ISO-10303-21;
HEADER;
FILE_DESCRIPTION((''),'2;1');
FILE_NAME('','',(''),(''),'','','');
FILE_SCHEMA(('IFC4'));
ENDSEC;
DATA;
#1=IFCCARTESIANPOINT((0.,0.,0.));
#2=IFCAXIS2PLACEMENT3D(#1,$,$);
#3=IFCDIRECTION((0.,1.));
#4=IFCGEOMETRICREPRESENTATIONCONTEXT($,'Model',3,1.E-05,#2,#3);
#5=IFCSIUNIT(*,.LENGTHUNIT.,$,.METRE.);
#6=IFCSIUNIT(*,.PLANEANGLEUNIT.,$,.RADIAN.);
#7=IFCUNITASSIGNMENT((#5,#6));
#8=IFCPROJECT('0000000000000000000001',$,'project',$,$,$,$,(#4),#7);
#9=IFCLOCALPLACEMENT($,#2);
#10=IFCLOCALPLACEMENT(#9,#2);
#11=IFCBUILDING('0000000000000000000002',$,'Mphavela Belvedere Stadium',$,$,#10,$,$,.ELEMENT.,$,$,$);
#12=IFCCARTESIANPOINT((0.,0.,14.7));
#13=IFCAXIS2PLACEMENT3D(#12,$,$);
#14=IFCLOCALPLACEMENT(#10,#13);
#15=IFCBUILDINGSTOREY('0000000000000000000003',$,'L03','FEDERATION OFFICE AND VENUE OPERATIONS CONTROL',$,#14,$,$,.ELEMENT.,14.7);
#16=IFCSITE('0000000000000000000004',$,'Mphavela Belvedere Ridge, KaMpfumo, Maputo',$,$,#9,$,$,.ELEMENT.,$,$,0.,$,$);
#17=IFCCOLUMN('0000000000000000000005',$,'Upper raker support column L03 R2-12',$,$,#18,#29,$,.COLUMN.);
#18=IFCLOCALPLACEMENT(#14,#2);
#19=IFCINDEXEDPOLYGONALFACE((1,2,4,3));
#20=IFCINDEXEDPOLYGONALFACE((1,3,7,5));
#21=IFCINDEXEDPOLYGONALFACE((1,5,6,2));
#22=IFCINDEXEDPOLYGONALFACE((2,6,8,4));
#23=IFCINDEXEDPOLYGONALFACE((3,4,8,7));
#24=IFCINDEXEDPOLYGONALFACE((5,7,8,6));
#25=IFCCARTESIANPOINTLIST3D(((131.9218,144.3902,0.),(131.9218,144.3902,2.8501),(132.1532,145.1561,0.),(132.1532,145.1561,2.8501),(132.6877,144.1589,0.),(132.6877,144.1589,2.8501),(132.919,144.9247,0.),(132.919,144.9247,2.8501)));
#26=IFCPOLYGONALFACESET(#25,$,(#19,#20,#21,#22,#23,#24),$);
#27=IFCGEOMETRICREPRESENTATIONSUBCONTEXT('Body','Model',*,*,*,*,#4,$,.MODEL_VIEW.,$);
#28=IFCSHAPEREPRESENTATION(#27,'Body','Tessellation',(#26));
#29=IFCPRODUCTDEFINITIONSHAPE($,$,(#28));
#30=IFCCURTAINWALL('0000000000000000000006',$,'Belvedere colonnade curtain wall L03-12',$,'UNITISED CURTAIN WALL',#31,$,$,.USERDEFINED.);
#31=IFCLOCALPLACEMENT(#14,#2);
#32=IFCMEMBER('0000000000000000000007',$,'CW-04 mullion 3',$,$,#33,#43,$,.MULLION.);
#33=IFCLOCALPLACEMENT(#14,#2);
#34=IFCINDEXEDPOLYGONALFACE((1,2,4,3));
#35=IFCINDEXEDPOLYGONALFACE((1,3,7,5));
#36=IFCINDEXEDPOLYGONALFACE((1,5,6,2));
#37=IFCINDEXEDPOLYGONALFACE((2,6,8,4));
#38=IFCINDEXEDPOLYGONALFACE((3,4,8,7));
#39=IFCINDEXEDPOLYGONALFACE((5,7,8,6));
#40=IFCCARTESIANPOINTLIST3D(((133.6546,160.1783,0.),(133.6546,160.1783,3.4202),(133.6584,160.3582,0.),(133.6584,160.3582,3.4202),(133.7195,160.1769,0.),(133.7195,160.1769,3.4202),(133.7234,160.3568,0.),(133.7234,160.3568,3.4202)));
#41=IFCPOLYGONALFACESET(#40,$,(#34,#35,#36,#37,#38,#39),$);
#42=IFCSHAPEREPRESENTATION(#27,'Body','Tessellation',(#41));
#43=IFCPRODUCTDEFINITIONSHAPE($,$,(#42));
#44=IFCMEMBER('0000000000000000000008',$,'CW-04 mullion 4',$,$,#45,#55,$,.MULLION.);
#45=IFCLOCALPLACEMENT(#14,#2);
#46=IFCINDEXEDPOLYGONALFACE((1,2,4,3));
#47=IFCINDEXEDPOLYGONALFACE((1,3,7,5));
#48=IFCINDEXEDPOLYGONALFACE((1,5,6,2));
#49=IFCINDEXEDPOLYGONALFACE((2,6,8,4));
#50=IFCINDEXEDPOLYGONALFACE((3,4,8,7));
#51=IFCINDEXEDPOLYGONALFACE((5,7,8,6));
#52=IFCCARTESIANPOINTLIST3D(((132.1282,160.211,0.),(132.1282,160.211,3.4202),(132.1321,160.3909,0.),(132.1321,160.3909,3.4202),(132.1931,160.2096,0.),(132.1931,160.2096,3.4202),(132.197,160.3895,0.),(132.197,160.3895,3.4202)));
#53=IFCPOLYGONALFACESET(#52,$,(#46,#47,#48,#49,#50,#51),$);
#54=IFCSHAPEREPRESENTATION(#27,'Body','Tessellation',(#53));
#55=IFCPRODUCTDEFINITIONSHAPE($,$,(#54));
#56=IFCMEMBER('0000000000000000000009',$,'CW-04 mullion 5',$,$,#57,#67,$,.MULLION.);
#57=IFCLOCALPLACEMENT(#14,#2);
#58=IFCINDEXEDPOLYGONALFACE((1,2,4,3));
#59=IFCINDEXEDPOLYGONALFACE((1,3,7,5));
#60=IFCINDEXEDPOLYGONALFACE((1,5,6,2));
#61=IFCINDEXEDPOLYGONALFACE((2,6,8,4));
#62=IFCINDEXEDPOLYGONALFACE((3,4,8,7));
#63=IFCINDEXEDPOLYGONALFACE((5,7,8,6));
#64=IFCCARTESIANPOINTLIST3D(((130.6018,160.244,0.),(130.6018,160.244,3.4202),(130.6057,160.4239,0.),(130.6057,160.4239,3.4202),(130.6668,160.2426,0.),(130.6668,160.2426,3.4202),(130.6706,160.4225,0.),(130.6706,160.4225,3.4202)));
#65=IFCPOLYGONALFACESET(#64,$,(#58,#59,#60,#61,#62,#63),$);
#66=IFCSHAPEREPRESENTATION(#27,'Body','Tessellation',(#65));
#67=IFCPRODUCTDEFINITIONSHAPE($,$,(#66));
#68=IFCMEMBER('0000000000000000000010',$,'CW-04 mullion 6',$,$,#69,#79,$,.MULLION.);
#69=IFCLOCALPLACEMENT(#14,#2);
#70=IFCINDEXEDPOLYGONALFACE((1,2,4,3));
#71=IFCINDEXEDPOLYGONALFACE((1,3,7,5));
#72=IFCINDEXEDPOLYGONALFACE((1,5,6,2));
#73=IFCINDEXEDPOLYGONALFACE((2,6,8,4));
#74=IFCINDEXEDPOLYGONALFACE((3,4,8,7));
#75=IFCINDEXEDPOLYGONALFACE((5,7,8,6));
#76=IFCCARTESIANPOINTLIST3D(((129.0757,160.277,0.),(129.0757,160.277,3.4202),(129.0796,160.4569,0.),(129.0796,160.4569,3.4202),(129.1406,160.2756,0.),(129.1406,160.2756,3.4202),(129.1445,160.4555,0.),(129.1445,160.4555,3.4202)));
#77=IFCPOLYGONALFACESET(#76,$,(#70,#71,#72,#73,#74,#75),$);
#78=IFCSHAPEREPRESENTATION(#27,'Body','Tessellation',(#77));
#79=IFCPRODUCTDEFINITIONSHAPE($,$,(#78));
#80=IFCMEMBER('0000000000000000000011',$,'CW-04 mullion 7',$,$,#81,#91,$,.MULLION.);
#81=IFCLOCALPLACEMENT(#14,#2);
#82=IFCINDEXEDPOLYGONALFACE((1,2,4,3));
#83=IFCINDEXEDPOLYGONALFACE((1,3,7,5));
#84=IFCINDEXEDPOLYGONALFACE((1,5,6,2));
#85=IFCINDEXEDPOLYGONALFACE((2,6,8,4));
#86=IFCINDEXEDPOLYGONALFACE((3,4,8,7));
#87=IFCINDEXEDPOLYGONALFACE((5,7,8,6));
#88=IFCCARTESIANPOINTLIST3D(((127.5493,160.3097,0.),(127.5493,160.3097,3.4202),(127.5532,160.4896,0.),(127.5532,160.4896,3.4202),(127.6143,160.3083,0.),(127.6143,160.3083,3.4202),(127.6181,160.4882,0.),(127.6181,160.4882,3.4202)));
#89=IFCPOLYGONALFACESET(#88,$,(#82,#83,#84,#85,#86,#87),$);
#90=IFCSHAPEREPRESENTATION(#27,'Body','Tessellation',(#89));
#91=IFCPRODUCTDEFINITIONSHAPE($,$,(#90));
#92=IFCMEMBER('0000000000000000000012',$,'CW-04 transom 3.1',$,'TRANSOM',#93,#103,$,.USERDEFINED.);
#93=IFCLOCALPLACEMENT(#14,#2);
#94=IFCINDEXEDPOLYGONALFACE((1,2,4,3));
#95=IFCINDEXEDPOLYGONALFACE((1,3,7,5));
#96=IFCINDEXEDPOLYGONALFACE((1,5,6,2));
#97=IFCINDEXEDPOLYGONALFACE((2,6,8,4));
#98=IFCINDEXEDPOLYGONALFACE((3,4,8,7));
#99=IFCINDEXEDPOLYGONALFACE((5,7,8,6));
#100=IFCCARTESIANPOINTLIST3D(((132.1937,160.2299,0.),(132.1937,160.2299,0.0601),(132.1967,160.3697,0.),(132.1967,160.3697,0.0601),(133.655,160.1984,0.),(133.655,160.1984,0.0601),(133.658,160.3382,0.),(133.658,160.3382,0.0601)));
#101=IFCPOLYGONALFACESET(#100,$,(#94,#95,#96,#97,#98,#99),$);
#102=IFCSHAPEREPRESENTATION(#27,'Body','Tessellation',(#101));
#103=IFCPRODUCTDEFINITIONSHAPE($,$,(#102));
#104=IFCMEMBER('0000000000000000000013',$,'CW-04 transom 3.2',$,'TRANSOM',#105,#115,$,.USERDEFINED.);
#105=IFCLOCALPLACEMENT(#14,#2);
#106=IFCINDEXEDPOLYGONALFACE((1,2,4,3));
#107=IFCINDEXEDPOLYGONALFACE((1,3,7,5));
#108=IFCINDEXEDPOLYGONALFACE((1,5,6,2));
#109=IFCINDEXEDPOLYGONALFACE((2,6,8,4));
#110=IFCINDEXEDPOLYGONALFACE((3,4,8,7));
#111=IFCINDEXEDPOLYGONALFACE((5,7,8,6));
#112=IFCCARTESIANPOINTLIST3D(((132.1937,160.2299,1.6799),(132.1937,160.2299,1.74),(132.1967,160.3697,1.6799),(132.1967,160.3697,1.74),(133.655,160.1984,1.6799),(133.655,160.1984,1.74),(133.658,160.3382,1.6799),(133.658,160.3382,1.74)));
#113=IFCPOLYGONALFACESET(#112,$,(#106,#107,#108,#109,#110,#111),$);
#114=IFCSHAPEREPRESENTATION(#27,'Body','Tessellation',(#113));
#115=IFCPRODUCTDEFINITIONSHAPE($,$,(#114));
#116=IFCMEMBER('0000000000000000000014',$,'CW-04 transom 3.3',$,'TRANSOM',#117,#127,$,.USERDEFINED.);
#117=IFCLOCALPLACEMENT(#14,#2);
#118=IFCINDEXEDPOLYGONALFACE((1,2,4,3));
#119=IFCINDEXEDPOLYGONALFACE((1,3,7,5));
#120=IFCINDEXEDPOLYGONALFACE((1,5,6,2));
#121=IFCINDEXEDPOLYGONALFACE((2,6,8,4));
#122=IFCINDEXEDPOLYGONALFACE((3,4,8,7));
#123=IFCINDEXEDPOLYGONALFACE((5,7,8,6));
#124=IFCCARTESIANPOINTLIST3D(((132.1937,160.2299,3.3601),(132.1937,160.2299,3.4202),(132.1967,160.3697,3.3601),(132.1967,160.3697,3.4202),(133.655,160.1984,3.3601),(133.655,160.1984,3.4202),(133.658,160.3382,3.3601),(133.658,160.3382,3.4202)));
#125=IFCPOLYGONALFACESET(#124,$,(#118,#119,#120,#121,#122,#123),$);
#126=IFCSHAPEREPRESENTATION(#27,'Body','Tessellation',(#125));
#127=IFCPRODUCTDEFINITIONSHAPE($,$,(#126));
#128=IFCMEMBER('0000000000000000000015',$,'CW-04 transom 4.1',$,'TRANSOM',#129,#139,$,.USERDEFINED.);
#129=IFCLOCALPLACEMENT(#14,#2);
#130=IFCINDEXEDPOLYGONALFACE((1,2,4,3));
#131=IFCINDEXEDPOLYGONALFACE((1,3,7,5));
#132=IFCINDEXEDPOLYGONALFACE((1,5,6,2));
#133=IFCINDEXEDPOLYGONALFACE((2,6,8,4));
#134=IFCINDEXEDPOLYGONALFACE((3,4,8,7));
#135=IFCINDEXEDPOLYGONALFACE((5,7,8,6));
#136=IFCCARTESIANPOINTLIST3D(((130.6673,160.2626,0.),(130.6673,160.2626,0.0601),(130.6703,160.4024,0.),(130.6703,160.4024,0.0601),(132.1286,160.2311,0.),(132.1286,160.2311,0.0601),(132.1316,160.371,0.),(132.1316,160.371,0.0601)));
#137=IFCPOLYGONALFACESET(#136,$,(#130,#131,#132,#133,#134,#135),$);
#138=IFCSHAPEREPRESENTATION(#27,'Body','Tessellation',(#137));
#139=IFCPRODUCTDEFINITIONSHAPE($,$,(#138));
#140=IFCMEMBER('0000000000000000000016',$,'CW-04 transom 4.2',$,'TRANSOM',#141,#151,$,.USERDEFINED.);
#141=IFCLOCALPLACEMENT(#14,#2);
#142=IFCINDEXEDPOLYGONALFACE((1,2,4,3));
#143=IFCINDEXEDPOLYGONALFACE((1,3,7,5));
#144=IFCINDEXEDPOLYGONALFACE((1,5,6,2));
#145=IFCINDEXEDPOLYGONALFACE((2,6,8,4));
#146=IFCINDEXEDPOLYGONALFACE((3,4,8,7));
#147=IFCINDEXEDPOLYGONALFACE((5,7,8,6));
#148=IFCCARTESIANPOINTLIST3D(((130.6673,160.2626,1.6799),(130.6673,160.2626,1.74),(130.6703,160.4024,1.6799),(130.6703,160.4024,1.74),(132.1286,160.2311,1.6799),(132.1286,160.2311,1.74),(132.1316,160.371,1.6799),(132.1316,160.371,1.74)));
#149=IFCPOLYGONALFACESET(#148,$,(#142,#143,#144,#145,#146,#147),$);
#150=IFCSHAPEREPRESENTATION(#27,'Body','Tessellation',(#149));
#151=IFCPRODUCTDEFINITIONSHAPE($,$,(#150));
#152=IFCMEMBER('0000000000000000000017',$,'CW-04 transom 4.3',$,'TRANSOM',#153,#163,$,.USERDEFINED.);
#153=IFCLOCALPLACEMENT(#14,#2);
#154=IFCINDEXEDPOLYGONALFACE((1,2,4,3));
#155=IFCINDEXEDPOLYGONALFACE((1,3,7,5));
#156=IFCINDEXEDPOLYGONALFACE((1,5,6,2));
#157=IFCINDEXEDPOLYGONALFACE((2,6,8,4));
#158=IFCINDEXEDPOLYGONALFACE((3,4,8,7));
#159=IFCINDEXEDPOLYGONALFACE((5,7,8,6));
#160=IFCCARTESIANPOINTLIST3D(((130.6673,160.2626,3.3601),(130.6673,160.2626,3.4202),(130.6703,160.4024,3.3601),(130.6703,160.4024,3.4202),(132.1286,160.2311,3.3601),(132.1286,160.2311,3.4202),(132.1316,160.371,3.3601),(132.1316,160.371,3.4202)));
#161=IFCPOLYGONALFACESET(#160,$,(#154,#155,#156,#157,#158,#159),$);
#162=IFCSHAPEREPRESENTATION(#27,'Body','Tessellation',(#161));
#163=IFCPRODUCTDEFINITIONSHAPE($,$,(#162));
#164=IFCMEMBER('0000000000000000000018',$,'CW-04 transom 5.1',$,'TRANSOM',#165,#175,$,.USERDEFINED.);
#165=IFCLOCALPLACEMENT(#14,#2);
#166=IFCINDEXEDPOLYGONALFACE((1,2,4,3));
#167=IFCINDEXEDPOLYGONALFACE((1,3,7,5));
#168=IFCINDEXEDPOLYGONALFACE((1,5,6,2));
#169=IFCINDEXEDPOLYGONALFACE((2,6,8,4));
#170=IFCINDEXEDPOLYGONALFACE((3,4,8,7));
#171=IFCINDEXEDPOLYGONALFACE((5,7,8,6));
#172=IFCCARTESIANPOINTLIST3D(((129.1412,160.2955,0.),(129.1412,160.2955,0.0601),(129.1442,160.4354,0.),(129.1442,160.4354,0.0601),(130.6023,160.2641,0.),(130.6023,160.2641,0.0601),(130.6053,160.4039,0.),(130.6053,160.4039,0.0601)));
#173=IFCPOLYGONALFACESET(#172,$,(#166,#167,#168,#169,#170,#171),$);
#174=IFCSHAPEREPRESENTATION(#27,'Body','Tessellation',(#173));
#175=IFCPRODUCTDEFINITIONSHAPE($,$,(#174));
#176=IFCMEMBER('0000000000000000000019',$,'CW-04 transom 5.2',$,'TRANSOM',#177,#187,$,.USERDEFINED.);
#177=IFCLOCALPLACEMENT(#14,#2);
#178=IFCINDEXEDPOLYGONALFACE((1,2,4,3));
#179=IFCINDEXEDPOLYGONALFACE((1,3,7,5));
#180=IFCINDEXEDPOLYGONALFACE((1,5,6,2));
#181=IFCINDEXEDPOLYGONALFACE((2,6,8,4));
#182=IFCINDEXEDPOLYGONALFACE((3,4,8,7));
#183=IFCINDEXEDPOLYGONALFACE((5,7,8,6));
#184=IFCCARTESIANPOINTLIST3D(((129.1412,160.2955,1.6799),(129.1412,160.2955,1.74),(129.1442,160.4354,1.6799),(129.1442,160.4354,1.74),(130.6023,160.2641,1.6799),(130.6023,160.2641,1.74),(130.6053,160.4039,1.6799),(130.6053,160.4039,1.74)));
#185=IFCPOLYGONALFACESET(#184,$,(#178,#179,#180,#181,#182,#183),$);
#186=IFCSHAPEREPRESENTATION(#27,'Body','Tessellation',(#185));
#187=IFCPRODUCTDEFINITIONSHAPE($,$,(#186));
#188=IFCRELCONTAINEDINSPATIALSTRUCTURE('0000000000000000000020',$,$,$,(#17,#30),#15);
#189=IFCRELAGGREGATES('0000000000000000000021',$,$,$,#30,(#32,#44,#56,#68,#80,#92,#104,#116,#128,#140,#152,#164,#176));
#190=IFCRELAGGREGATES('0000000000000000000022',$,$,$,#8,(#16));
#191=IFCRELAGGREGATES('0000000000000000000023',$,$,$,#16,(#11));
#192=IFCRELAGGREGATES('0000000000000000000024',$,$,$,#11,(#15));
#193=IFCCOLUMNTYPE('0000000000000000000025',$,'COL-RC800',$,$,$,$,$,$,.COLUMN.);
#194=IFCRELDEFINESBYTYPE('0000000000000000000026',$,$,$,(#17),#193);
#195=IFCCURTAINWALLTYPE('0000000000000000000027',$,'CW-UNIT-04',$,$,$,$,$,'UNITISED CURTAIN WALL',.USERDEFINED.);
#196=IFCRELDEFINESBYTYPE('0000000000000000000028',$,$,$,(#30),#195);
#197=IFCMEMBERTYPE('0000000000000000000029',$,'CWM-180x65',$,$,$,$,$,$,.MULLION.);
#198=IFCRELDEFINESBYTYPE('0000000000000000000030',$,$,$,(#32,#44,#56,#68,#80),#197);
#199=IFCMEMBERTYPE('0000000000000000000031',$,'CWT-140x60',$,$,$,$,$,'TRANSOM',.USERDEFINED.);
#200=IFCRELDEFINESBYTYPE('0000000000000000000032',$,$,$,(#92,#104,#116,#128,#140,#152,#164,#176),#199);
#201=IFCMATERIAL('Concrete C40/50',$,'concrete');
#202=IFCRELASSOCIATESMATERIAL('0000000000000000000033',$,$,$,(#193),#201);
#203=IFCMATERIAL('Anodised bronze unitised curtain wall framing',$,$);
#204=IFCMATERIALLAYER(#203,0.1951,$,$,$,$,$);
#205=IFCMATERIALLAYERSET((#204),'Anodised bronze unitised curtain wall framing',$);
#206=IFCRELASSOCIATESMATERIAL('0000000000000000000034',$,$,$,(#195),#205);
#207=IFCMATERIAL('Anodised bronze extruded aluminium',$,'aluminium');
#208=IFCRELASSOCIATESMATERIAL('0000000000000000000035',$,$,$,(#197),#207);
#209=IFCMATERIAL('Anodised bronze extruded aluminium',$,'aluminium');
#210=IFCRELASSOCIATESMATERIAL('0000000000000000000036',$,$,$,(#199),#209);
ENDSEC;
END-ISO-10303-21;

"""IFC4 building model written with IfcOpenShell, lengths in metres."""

from ifc_helpers import new_model, si_unit, direction, frame, origin, origin_2d, place, context, subcontext, project, spatial, rectangle, extrude, material, layer, layer_set, material_profile, profile_set, type_object, element, aggregate, save


model = new_model("IFC4")

# Units and contexts
model_context = context("Model", 3, precision=1e-05, world=origin(), true_north=direction((0.0, 1.0)))
body_context = subcontext(model_context, "Body", "Model", "MODEL_VIEW")
ifc_project = project(units=[si_unit("LENGTHUNIT", "METRE"), si_unit("PLANEANGLEUNIT", "RADIAN")], contexts=[model_context])

# Site, building, storey
site_placement = place(None, origin())
site = spatial("IfcSite", under=ifc_project, at=site_placement, Name="Mphavela Belvedere Ridge, KaMpfumo, Maputo", CompositionType="ELEMENT", RefElevation=0.0)
building_placement = place(site_placement, origin())
building = spatial("IfcBuilding", under=site, at=building_placement, Name="Mphavela Belvedere Stadium", CompositionType="ELEMENT")
storey_placement = place(building_placement, frame((0.0, 0.0, 14.7)))
storey = spatial("IfcBuildingStorey", under=building, at=storey_placement, Name="L03", Description="FEDERATION OFFICE AND VENUE OPERATIONS CONTROL", CompositionType="ELEMENT", Elevation=14.7)

# Column
ifc_material_1 = material(Name="Concrete C40/50", Category="concrete")
ifc_material_profile_1 = material_profile(ifc_material_1, rectangle(XDim=0.8, YDim=0.8, at=origin_2d()), Name="RC 800x800")
ifc_profile_set_1 = profile_set([ifc_material_profile_1], Name="Concrete C40/50")
column_type = type_object("IfcColumnType", Name="COL-RC800", PredefinedType="COLUMN", material=ifc_profile_set_1)
column_placement = place(storey_placement, frame((132.4204, 144.6575, 0.0), z_axis=(0.0, 0.0, 1.0), x_axis=(0.289199, 0.957269, 0.0)))
element("IfcColumn", 1, at=column_placement, inside=storey, type_object=column_type, Name="Upper raker support column L03 R2-12", PredefinedType="COLUMN", context=body_context, shape_type="SweptSolid", body=[
    extrude(rectangle(XDim=0.8, YDim=0.8, at=origin_2d()), origin(), (0.0, 0.0, 1.0), 2.8501),
])

# Curtain wall, members
ifc_material_2 = material(Name="Anodised bronze unitised curtain wall framing")
ifc_layer_1 = layer(ifc_material_2, 0.1951)
ifc_layer_set_1 = layer_set([ifc_layer_1], Name="Anodised bronze unitised curtain wall framing")
curtain_wall_type = type_object("IfcCurtainWallType", Name="CW-UNIT-04", ElementType="UNITISED CURTAIN WALL", PredefinedType="USERDEFINED", material=ifc_layer_set_1)
curtain_wall_placement = place(storey_placement, origin())
curtain_wall = element("IfcCurtainWall", 2, at=curtain_wall_placement, inside=storey, type_object=curtain_wall_type, Name="Belvedere colonnade curtain wall L03-12", ObjectType="UNITISED CURTAIN WALL", PredefinedType="USERDEFINED")
ifc_material_3 = material(Name="Anodised bronze extruded aluminium", Category="aluminium")
ifc_material_profile_2 = material_profile(ifc_material_3, rectangle(XDim=0.1799, YDim=0.0649, at=origin_2d()), Name="CW-MUL 180x65")
ifc_profile_set_2 = profile_set([ifc_material_profile_2], Name="Anodised bronze extruded aluminium")
member_type_1 = type_object("IfcMemberType", Name="CWM-180x65", PredefinedType="MULLION", material=ifc_profile_set_2)
member_1_placement = place(storey_placement, frame((133.689, 160.2676, 0.0), z_axis=(0.0, 0.0, 1.0), x_axis=(-0.021531, -0.999768, 0.0)))
member_1 = element("IfcMember", 3, at=member_1_placement, type_object=member_type_1, Name="CW-04 mullion 3", PredefinedType="MULLION", context=body_context, shape_type="SweptSolid", body=[
    extrude(rectangle(XDim=0.1799, YDim=0.0649, at=origin_2d()), origin(), (0.0, 0.0, 1.0), 3.4202),
])
member_2_placement = place(storey_placement, frame((132.1626, 160.3003, 0.0), z_axis=(0.0, 0.0, 1.0), x_axis=(-0.021531, -0.999768, 0.0)))
member_2 = element("IfcMember", 4, at=member_2_placement, type_object=member_type_1, Name="CW-04 mullion 4", PredefinedType="MULLION", context=body_context, shape_type="SweptSolid", body=[
    extrude(rectangle(XDim=0.1799, YDim=0.0649, at=origin_2d()), origin(), (0.0, 0.0, 1.0), 3.4202),
])
member_3_placement = place(storey_placement, frame((130.6362, 160.3333, 0.0), z_axis=(0.0, 0.0, 1.0), x_axis=(-0.021531, -0.999768, 0.0)))
member_3 = element("IfcMember", 5, at=member_3_placement, type_object=member_type_1, Name="CW-04 mullion 5", PredefinedType="MULLION", context=body_context, shape_type="SweptSolid", body=[
    extrude(rectangle(XDim=0.1799, YDim=0.0649, at=origin_2d()), origin(), (0.0, 0.0, 1.0), 3.4202),
])
member_4_placement = place(storey_placement, frame((129.1101, 160.3662, 0.0), z_axis=(0.0, 0.0, 1.0), x_axis=(-0.021531, -0.999768, 0.0)))
member_4 = element("IfcMember", 6, at=member_4_placement, type_object=member_type_1, Name="CW-04 mullion 6", PredefinedType="MULLION", context=body_context, shape_type="SweptSolid", body=[
    extrude(rectangle(XDim=0.1799, YDim=0.0649, at=origin_2d()), origin(), (0.0, 0.0, 1.0), 3.4202),
])
member_5_placement = place(storey_placement, frame((127.5837, 160.3989, 0.0), z_axis=(0.0, 0.0, 1.0), x_axis=(-0.021531, -0.999768, 0.0)))
member_5 = element("IfcMember", 7, at=member_5_placement, type_object=member_type_1, Name="CW-04 mullion 7", PredefinedType="MULLION", context=body_context, shape_type="SweptSolid", body=[
    extrude(rectangle(XDim=0.1799, YDim=0.0649, at=origin_2d()), origin(), (0.0, 0.0, 1.0), 3.4202),
])
ifc_material_4 = material(Name="Anodised bronze extruded aluminium", Category="aluminium")
ifc_material_profile_3 = material_profile(ifc_material_4, rectangle(XDim=0.1399, YDim=0.0601, at=origin_2d()), Name="CW-TRN 140x60")
ifc_profile_set_3 = profile_set([ifc_material_profile_3], Name="Anodised bronze extruded aluminium")
member_type_2 = type_object("IfcMemberType", Name="CWT-140x60", ElementType="TRANSOM", PredefinedType="USERDEFINED", material=ifc_profile_set_3)
member_6_placement = place(storey_placement, frame((133.6565, 160.2683, 0.03), z_axis=(-0.999768, 0.021545, 0.0), x_axis=(-0.021545, -0.999768, 0.0)))
member_6 = element("IfcMember", 8, at=member_6_placement, type_object=member_type_2, Name="CW-04 transom 3.1", ObjectType="TRANSOM", PredefinedType="USERDEFINED", context=body_context, shape_type="SweptSolid", body=[
    extrude(rectangle(XDim=0.1399, YDim=0.0601, at=origin_2d()), origin(), (0.0, 0.0, 1.0), 1.4617),
])
member_7_placement = place(storey_placement, frame((133.6565, 160.2683, 1.71), z_axis=(-0.999768, 0.021545, 0.0), x_axis=(-0.021545, -0.999768, 0.0)))
member_7 = element("IfcMember", 9, at=member_7_placement, type_object=member_type_2, Name="CW-04 transom 3.2", ObjectType="TRANSOM", PredefinedType="USERDEFINED", context=body_context, shape_type="SweptSolid", body=[
    extrude(rectangle(XDim=0.1399, YDim=0.0601, at=origin_2d()), origin(), (0.0, 0.0, 1.0), 1.4617),
])
member_8_placement = place(storey_placement, frame((133.6565, 160.2683, 3.3901), z_axis=(-0.999768, 0.021545, 0.0), x_axis=(-0.021545, -0.999768, 0.0)))
member_8 = element("IfcMember", 10, at=member_8_placement, type_object=member_type_2, Name="CW-04 transom 3.3", ObjectType="TRANSOM", PredefinedType="USERDEFINED", context=body_context, shape_type="SweptSolid", body=[
    extrude(rectangle(XDim=0.1399, YDim=0.0601, at=origin_2d()), origin(), (0.0, 0.0, 1.0), 1.4617),
])
member_9_placement = place(storey_placement, frame((132.1301, 160.301, 0.03), z_axis=(-0.999768, 0.021545, 0.0), x_axis=(-0.021545, -0.999768, 0.0)))
member_9 = element("IfcMember", 11, at=member_9_placement, type_object=member_type_2, Name="CW-04 transom 4.1", ObjectType="TRANSOM", PredefinedType="USERDEFINED", context=body_context, shape_type="SweptSolid", body=[
    extrude(rectangle(XDim=0.1399, YDim=0.0601, at=origin_2d()), origin(), (0.0, 0.0, 1.0), 1.4617),
])
member_10_placement = place(storey_placement, frame((132.1301, 160.301, 1.71), z_axis=(-0.999768, 0.021545, 0.0), x_axis=(-0.021545, -0.999768, 0.0)))
member_10 = element("IfcMember", 12, at=member_10_placement, type_object=member_type_2, Name="CW-04 transom 4.2", ObjectType="TRANSOM", PredefinedType="USERDEFINED", context=body_context, shape_type="SweptSolid", body=[
    extrude(rectangle(XDim=0.1399, YDim=0.0601, at=origin_2d()), origin(), (0.0, 0.0, 1.0), 1.4617),
])
member_11_placement = place(storey_placement, frame((132.1301, 160.301, 3.3901), z_axis=(-0.999768, 0.021545, 0.0), x_axis=(-0.021545, -0.999768, 0.0)))
member_11 = element("IfcMember", 13, at=member_11_placement, type_object=member_type_2, Name="CW-04 transom 4.3", ObjectType="TRANSOM", PredefinedType="USERDEFINED", context=body_context, shape_type="SweptSolid", body=[
    extrude(rectangle(XDim=0.1399, YDim=0.0601, at=origin_2d()), origin(), (0.0, 0.0, 1.0), 1.4617),
])
member_12_placement = place(storey_placement, frame((130.6038, 160.334, 0.03), z_axis=(-0.999768, 0.021549, 0.0), x_axis=(-0.021549, -0.999768, 0.0)))
member_12 = element("IfcMember", 14, at=member_12_placement, type_object=member_type_2, Name="CW-04 transom 5.1", ObjectType="TRANSOM", PredefinedType="USERDEFINED", context=body_context, shape_type="SweptSolid", body=[
    extrude(rectangle(XDim=0.1399, YDim=0.0601, at=origin_2d()), origin(), (0.0, 0.0, 1.0), 1.4614),
])
member_13_placement = place(storey_placement, frame((130.6038, 160.334, 1.71), z_axis=(-0.999768, 0.021549, 0.0), x_axis=(-0.021549, -0.999768, 0.0)))
member_13 = element("IfcMember", 15, at=member_13_placement, type_object=member_type_2, Name="CW-04 transom 5.2", ObjectType="TRANSOM", PredefinedType="USERDEFINED", context=body_context, shape_type="SweptSolid", body=[
    extrude(rectangle(XDim=0.1399, YDim=0.0601, at=origin_2d()), origin(), (0.0, 0.0, 1.0), 1.4614),
])
aggregate(curtain_wall, [member_1, member_2, member_3, member_4, member_5, member_6, member_7, member_8, member_9, member_10, member_11, member_12, member_13])

save(model, "model.ifc")
